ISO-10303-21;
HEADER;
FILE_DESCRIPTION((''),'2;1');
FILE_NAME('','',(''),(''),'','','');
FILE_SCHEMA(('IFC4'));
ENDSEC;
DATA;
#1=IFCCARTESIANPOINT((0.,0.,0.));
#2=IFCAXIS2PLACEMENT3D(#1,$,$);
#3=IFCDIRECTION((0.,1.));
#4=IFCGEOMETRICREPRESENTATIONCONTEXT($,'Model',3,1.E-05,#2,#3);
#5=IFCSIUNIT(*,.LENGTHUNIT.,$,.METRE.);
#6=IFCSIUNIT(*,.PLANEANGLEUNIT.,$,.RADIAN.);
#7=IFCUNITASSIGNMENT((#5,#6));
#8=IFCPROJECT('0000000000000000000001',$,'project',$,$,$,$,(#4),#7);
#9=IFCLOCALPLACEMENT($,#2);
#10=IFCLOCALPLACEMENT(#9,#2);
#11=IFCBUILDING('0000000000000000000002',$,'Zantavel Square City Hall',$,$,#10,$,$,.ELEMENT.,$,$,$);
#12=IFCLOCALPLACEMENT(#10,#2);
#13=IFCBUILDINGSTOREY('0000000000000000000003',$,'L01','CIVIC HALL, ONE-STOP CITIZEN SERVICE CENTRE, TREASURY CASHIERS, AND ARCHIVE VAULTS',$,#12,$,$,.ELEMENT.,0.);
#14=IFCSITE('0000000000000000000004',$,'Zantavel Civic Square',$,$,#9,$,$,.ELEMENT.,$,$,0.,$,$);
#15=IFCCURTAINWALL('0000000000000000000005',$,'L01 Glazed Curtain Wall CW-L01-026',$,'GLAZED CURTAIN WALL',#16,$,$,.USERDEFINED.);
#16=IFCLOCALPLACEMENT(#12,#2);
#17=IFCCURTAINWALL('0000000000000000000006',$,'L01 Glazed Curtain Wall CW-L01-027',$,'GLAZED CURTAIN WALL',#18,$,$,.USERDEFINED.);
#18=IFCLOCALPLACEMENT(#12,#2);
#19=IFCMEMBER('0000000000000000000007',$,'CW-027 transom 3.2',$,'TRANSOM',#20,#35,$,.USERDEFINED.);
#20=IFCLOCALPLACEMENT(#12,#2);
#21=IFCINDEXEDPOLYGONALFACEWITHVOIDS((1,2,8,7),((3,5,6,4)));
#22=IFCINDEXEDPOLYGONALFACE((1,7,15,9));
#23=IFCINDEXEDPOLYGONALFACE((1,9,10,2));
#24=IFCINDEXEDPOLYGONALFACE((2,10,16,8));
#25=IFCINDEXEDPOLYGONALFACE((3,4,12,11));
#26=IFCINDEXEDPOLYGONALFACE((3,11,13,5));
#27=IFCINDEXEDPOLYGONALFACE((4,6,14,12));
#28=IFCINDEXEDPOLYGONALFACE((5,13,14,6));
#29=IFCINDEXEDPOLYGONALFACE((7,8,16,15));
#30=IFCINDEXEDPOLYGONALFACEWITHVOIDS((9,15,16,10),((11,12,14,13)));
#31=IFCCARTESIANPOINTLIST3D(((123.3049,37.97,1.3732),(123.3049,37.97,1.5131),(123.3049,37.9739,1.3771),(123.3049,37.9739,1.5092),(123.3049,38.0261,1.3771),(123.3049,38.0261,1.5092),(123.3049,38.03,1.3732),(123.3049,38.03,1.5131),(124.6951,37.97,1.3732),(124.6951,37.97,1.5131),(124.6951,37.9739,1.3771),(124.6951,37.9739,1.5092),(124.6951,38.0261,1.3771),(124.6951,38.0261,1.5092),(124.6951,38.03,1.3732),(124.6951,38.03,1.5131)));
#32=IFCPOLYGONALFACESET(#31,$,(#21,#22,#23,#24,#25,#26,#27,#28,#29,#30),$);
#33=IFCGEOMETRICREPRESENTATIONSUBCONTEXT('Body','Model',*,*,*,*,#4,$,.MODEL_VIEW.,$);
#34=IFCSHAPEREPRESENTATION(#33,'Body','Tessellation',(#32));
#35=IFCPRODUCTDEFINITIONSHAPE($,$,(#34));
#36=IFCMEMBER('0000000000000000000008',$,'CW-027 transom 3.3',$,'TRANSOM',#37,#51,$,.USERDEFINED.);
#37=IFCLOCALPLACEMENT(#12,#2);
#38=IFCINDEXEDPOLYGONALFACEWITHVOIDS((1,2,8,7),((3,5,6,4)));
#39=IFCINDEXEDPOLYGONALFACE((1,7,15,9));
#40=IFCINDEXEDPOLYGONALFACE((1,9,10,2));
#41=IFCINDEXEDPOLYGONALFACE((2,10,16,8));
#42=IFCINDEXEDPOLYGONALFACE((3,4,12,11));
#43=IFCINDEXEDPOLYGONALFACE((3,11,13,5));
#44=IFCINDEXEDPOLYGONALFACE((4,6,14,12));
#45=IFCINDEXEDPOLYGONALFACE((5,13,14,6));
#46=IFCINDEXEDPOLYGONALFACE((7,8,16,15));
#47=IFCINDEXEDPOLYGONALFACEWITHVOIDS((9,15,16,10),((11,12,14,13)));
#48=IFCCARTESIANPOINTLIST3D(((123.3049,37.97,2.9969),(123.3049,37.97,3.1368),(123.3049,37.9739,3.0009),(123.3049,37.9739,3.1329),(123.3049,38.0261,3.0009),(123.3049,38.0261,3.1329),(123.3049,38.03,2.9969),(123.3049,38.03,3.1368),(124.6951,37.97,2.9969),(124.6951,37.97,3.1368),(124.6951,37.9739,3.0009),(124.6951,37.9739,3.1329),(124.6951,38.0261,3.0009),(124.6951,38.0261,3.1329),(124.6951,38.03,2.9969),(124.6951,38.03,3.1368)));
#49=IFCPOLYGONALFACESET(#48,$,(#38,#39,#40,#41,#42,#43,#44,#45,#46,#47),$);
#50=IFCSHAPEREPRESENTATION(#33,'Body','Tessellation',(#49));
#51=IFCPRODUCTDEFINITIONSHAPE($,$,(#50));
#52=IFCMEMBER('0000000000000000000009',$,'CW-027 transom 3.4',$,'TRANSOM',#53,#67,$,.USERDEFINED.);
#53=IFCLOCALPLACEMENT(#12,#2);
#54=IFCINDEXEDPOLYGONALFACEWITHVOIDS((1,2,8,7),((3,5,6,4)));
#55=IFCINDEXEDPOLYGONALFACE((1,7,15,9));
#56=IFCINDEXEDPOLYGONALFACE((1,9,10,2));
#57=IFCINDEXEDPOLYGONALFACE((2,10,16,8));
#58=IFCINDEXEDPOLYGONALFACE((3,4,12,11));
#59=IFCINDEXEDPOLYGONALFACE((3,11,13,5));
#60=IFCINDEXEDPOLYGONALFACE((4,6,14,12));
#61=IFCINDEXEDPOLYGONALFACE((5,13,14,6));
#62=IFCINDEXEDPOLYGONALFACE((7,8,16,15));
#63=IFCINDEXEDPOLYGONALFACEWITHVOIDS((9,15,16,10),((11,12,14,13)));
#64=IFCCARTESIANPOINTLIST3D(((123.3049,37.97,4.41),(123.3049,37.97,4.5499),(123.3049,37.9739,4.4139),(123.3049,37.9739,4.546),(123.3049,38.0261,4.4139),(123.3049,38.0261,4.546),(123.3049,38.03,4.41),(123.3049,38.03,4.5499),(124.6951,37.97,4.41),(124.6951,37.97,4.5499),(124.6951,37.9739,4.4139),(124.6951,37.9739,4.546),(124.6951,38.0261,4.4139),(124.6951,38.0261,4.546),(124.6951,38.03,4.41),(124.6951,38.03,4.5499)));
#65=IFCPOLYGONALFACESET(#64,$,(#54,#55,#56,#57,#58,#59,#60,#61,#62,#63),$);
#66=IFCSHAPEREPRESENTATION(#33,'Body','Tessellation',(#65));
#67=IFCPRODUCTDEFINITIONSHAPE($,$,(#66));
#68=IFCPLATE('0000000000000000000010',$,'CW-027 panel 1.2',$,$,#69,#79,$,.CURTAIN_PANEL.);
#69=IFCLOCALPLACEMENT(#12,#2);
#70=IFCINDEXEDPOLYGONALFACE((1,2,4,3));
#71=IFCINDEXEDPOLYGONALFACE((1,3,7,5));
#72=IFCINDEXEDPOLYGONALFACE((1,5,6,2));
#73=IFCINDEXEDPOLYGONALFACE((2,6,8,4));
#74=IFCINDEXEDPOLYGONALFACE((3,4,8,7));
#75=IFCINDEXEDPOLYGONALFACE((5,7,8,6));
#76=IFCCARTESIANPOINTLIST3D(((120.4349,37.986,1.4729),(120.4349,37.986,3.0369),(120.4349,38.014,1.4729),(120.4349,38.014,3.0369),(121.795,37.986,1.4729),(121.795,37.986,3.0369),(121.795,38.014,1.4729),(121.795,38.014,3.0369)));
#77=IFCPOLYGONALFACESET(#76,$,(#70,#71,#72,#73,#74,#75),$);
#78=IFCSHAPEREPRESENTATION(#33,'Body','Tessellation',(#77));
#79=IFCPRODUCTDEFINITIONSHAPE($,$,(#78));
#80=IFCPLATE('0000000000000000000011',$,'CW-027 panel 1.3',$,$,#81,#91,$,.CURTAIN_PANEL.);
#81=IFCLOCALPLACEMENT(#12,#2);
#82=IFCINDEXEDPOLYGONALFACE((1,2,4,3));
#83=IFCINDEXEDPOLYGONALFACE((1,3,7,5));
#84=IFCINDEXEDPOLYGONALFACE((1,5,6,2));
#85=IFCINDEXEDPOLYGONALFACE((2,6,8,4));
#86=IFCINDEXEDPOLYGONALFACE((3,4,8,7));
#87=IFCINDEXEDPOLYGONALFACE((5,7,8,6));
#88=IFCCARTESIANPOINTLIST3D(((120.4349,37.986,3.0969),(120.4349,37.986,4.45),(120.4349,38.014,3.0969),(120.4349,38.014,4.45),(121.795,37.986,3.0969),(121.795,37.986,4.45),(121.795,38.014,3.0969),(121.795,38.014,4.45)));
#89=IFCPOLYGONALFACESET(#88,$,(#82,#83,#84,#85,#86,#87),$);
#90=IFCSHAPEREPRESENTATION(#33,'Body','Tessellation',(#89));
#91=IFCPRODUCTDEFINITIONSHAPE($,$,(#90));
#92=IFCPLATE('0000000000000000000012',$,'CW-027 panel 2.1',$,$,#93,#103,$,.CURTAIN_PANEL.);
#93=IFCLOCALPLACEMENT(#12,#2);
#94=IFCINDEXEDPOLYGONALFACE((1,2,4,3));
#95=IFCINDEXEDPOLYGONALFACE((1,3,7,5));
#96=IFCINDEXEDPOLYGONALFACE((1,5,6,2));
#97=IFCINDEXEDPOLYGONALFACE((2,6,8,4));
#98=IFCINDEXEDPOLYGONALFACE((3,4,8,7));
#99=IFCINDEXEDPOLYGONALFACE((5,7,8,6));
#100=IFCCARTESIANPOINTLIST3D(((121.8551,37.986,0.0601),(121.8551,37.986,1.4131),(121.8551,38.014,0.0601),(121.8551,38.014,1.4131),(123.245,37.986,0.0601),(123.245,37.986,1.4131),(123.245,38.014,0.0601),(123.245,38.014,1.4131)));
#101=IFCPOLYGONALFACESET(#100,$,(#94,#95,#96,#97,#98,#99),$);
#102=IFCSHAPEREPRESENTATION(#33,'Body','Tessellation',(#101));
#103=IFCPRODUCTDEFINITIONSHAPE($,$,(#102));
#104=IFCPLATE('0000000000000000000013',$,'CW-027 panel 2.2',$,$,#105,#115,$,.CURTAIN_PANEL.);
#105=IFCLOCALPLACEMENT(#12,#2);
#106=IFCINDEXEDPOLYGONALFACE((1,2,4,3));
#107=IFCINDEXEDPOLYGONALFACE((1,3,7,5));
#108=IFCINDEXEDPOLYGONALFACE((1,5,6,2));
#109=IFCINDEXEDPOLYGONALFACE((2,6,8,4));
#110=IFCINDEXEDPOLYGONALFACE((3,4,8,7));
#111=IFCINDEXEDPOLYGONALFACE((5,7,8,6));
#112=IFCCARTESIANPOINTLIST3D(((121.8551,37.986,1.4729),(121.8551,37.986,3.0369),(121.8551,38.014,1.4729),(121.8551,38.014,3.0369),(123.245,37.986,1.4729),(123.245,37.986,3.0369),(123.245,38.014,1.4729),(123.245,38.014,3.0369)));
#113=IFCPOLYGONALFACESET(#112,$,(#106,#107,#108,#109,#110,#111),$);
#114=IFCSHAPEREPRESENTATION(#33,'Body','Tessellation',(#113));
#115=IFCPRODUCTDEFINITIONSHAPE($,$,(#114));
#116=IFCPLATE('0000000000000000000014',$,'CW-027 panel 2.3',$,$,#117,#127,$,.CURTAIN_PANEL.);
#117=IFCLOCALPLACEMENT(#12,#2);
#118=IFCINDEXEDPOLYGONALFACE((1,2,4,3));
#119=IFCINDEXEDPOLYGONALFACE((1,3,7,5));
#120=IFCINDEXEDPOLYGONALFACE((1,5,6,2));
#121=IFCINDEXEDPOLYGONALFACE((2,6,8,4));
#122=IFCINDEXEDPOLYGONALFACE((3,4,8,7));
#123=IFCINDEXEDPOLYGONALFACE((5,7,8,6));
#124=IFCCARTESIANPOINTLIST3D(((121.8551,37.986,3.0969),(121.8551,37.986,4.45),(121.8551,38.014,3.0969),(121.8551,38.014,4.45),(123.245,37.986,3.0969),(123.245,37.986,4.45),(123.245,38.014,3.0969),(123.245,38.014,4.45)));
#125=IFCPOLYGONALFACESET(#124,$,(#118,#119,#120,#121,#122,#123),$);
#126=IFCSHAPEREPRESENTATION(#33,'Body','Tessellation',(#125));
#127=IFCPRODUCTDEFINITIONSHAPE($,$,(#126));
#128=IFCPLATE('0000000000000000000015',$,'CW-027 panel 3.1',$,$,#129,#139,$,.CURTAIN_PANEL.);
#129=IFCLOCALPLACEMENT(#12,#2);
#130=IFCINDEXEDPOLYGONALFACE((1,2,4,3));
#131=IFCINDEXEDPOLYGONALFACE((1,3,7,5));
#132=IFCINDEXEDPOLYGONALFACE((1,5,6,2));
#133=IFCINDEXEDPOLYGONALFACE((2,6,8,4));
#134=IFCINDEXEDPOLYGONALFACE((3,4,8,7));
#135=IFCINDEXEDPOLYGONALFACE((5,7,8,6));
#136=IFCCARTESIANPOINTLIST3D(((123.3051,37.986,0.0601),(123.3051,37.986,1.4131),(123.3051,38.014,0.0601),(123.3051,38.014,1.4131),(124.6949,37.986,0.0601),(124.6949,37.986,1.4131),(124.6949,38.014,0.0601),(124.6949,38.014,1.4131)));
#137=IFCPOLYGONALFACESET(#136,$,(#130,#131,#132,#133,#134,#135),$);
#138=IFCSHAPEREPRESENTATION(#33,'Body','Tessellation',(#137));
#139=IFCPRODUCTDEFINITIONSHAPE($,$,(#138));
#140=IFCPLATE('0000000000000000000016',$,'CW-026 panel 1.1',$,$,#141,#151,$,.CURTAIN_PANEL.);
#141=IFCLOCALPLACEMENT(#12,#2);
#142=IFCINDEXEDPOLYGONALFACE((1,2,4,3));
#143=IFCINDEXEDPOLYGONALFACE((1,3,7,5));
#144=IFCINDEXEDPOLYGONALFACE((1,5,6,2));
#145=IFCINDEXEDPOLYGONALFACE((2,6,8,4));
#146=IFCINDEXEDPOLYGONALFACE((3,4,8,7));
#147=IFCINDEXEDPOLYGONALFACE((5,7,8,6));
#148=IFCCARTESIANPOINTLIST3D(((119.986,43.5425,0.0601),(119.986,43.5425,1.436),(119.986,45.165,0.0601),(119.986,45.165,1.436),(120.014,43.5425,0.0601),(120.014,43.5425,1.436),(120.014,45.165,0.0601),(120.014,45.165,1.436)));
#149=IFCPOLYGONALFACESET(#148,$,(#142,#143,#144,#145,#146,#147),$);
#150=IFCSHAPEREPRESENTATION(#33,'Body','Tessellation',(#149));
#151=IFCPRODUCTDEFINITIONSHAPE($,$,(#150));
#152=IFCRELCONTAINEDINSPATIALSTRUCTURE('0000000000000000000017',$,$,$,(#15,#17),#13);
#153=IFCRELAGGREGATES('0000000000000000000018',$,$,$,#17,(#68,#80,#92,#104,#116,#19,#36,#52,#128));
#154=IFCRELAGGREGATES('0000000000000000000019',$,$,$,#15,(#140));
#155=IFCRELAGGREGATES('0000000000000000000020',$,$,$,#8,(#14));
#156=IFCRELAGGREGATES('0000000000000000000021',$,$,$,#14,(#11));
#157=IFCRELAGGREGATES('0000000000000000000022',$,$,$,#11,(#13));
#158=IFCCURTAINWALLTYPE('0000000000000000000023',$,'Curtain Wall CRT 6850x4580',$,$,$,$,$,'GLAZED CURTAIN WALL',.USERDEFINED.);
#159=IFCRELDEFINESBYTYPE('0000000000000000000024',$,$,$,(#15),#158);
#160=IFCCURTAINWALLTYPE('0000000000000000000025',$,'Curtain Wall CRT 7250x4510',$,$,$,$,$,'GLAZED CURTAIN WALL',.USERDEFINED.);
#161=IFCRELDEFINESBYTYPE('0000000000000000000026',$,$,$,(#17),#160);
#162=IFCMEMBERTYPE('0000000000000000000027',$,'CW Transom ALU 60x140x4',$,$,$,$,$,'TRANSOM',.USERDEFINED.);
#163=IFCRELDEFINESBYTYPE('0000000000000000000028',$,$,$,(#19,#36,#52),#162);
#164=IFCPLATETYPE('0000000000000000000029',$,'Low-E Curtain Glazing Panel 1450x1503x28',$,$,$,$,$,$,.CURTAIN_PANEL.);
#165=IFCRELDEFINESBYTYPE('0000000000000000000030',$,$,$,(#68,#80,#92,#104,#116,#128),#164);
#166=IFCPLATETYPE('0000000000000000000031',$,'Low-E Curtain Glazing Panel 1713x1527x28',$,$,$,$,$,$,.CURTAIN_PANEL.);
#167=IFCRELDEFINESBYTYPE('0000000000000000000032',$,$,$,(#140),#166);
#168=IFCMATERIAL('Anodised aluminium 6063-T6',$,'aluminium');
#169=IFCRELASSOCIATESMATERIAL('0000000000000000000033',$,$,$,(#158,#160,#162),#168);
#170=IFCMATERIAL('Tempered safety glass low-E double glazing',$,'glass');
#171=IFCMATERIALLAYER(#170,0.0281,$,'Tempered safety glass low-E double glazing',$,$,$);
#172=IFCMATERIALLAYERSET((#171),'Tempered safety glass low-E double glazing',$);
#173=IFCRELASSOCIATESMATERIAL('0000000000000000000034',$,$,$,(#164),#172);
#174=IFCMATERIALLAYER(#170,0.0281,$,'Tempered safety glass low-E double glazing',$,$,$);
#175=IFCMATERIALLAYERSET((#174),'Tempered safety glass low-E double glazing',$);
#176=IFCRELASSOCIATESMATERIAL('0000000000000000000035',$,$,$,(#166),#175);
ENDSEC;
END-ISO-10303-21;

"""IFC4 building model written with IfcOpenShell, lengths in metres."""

from ifc_helpers import new_model, si_unit, direction, frame, origin, origin_2d, place, context, subcontext, project, spatial, rectangle, hollow_rectangle, extrude, material, layer, layer_set, material_profile, profile_set, type_object, element, aggregate, save


model = new_model("IFC4")

# Units and contexts
model_context = context("Model", 3, precision=1e-05, world=origin(), true_north=direction((0.0, 1.0)))
body_context = subcontext(model_context, "Body", "Model", "MODEL_VIEW")
ifc_project = project(units=[si_unit("LENGTHUNIT", "METRE"), si_unit("PLANEANGLEUNIT", "RADIAN")], contexts=[model_context])

# Site, building, storey
site_placement = place(None, origin())
site = spatial("IfcSite", under=ifc_project, at=site_placement, Name="Zantavel Civic Square", CompositionType="ELEMENT", RefElevation=0.0)
building_placement = place(site_placement, origin())
building = spatial("IfcBuilding", under=site, at=building_placement, Name="Zantavel Square City Hall", CompositionType="ELEMENT")
storey_placement = place(building_placement, origin())
storey = spatial("IfcBuildingStorey", under=building, at=storey_placement, Name="L01", Description="CIVIC HALL, ONE-STOP CITIZEN SERVICE CENTRE, TREASURY CASHIERS, AND ARCHIVE VAULTS", CompositionType="ELEMENT", Elevation=0.0)

# Curtain wall
ifc_material_1 = material(Name="Anodised aluminium 6063-T6", Category="aluminium")
curtain_wall_type_1 = type_object("IfcCurtainWallType", Name="Curtain Wall CRT 6850x4580", ElementType="GLAZED CURTAIN WALL", PredefinedType="USERDEFINED", material=ifc_material_1)
curtain_wall_1_placement = place(storey_placement, origin())
curtain_wall_1 = element("IfcCurtainWall", 1, at=curtain_wall_1_placement, inside=storey, type_object=curtain_wall_type_1, Name="L01 Glazed Curtain Wall CW-L01-026", ObjectType="GLAZED CURTAIN WALL", PredefinedType="USERDEFINED")

# Curtain wall
curtain_wall_type_2 = type_object("IfcCurtainWallType", Name="Curtain Wall CRT 7250x4510", ElementType="GLAZED CURTAIN WALL", PredefinedType="USERDEFINED", material=ifc_material_1)
curtain_wall_2_placement = place(storey_placement, origin())
curtain_wall_2 = element("IfcCurtainWall", 2, at=curtain_wall_2_placement, inside=storey, type_object=curtain_wall_type_2, Name="L01 Glazed Curtain Wall CW-L01-027", ObjectType="GLAZED CURTAIN WALL", PredefinedType="USERDEFINED")

# Members
ifc_material_profile_1 = material_profile(ifc_material_1, hollow_rectangle(XDim=0.0601, YDim=0.1399, WallThickness=0.0039, at=origin_2d()), Name="ALU 60x140x4")
ifc_profile_set_1 = profile_set([ifc_material_profile_1], Name="Anodised aluminium 6063-T6")
member_type_1 = type_object("IfcMemberType", Name="CW Transom ALU 60x140x4", ElementType="TRANSOM", PredefinedType="USERDEFINED", material=ifc_profile_set_1)
member_1_placement = place(storey_placement, frame((123.3049, 38.0, 1.4431), z_axis=(1.0, 0.0, 0.0), x_axis=(0.0, 1.0, 0.0)))
member_1 = element("IfcMember", 3, at=member_1_placement, type_object=member_type_1, Name="CW-027 transom 3.2", ObjectType="TRANSOM", PredefinedType="USERDEFINED", context=body_context, shape_type="SweptSolid", body=[
    extrude(hollow_rectangle(XDim=0.0601, YDim=0.1399, WallThickness=0.0039, at=origin_2d()), origin(), (0.0, 0.0, 1.0), 1.3901),
])
member_2_placement = place(storey_placement, frame((123.3049, 38.0, 3.0669), z_axis=(1.0, 0.0, 0.0), x_axis=(0.0, 1.0, 0.0)))
member_2 = element("IfcMember", 4, at=member_2_placement, type_object=member_type_1, Name="CW-027 transom 3.3", ObjectType="TRANSOM", PredefinedType="USERDEFINED", context=body_context, shape_type="SweptSolid", body=[
    extrude(hollow_rectangle(XDim=0.0601, YDim=0.1399, WallThickness=0.0039, at=origin_2d()), origin(), (0.0, 0.0, 1.0), 1.3901),
])
member_3_placement = place(storey_placement, frame((123.3049, 38.0, 4.48), z_axis=(1.0, 0.0, 0.0), x_axis=(0.0, 1.0, 0.0)))
member_3 = element("IfcMember", 5, at=member_3_placement, type_object=member_type_1, Name="CW-027 transom 3.4", ObjectType="TRANSOM", PredefinedType="USERDEFINED", context=body_context, shape_type="SweptSolid", body=[
    extrude(hollow_rectangle(XDim=0.0601, YDim=0.1399, WallThickness=0.0039, at=origin_2d()), origin(), (0.0, 0.0, 1.0), 1.3901),
])

# Plates
ifc_material_2 = material(Name="Tempered safety glass low-E double glazing", Category="glass")
ifc_layer_1 = layer(ifc_material_2, 0.0281, Name="Tempered safety glass low-E double glazing")
ifc_layer_set_1 = layer_set([ifc_layer_1], Name="Tempered safety glass low-E double glazing")
plate_type_1 = type_object("IfcPlateType", Name="Low-E Curtain Glazing Panel 1450x1503x28", PredefinedType="CURTAIN_PANEL", material=ifc_layer_set_1)
plate_1_placement = place(storey_placement, frame((121.115, 38.0, 1.4729), z_axis=(0.0, 0.0, 1.0), x_axis=(1.0, 0.0, 0.0)))
plate_1 = element("IfcPlate", 6, at=plate_1_placement, type_object=plate_type_1, Name="CW-027 panel 1.2", PredefinedType="CURTAIN_PANEL", context=body_context, shape_type="SweptSolid", body=[
    extrude(rectangle(XDim=1.3601, YDim=0.0281, at=origin_2d()), origin(), (0.0, 0.0, 1.0), 1.564),
])
plate_2_placement = place(storey_placement, frame((121.115, 38.0, 3.0969), z_axis=(0.0, 0.0, 1.0), x_axis=(1.0, 0.0, 0.0)))
plate_2 = element("IfcPlate", 7, at=plate_2_placement, type_object=plate_type_1, Name="CW-027 panel 1.3", PredefinedType="CURTAIN_PANEL", context=body_context, shape_type="SweptSolid", body=[
    extrude(rectangle(XDim=1.3601, YDim=0.0281, at=origin_2d()), origin(), (0.0, 0.0, 1.0), 1.353),
])
plate_3_placement = place(storey_placement, frame((122.55, 38.0, 0.0601), z_axis=(0.0, 0.0, 1.0), x_axis=(1.0, 0.0, 0.0)))
plate_3 = element("IfcPlate", 8, at=plate_3_placement, type_object=plate_type_1, Name="CW-027 panel 2.1", PredefinedType="CURTAIN_PANEL", context=body_context, shape_type="SweptSolid", body=[
    extrude(rectangle(XDim=1.3899, YDim=0.0281, at=origin_2d()), origin(), (0.0, 0.0, 1.0), 1.353),
])
plate_4_placement = place(storey_placement, frame((122.55, 38.0, 1.4729), z_axis=(0.0, 0.0, 1.0), x_axis=(1.0, 0.0, 0.0)))
plate_4 = element("IfcPlate", 9, at=plate_4_placement, type_object=plate_type_1, Name="CW-027 panel 2.2", PredefinedType="CURTAIN_PANEL", context=body_context, shape_type="SweptSolid", body=[
    extrude(rectangle(XDim=1.3899, YDim=0.0281, at=origin_2d()), origin(), (0.0, 0.0, 1.0), 1.564),
])
plate_5_placement = place(storey_placement, frame((122.55, 38.0, 3.0969), z_axis=(0.0, 0.0, 1.0), x_axis=(1.0, 0.0, 0.0)))
plate_5 = element("IfcPlate", 10, at=plate_5_placement, type_object=plate_type_1, Name="CW-027 panel 2.3", PredefinedType="CURTAIN_PANEL", context=body_context, shape_type="SweptSolid", body=[
    extrude(rectangle(XDim=1.3899, YDim=0.0281, at=origin_2d()), origin(), (0.0, 0.0, 1.0), 1.353),
])
plate_6_placement = place(storey_placement, frame((124.0, 38.0, 0.0601), z_axis=(0.0, 0.0, 1.0), x_axis=(1.0, 0.0, 0.0)))
plate_6 = element("IfcPlate", 11, at=plate_6_placement, type_object=plate_type_1, Name="CW-027 panel 3.1", PredefinedType="CURTAIN_PANEL", context=body_context, shape_type="SweptSolid", body=[
    extrude(rectangle(XDim=1.3899, YDim=0.0281, at=origin_2d()), origin(), (0.0, 0.0, 1.0), 1.353),
])
aggregate(curtain_wall_2, [plate_1, plate_2, plate_3, plate_4, plate_5, member_1, member_2, member_3, plate_6])
ifc_layer_2 = layer(ifc_material_2, 0.0281, Name="Tempered safety glass low-E double glazing")
ifc_layer_set_2 = layer_set([ifc_layer_2], Name="Tempered safety glass low-E double glazing")
plate_type_2 = type_object("IfcPlateType", Name="Low-E Curtain Glazing Panel 1713x1527x28", PredefinedType="CURTAIN_PANEL", material=ifc_layer_set_2)
plate_7_placement = place(storey_placement, frame((120.0, 44.3538, 0.0601), z_axis=(0.0, 0.0, 1.0), x_axis=(0.0, -1.0, 0.0)))
plate_7 = element("IfcPlate", 12, at=plate_7_placement, type_object=plate_type_2, Name="CW-026 panel 1.1", PredefinedType="CURTAIN_PANEL", context=body_context, shape_type="SweptSolid", body=[
    extrude(rectangle(XDim=1.6226, YDim=0.0281, at=origin_2d()), origin(), (0.0, 0.0, 1.0), 1.376),
])
aggregate(curtain_wall_1, [plate_7])

save(model, "model.ifc")
